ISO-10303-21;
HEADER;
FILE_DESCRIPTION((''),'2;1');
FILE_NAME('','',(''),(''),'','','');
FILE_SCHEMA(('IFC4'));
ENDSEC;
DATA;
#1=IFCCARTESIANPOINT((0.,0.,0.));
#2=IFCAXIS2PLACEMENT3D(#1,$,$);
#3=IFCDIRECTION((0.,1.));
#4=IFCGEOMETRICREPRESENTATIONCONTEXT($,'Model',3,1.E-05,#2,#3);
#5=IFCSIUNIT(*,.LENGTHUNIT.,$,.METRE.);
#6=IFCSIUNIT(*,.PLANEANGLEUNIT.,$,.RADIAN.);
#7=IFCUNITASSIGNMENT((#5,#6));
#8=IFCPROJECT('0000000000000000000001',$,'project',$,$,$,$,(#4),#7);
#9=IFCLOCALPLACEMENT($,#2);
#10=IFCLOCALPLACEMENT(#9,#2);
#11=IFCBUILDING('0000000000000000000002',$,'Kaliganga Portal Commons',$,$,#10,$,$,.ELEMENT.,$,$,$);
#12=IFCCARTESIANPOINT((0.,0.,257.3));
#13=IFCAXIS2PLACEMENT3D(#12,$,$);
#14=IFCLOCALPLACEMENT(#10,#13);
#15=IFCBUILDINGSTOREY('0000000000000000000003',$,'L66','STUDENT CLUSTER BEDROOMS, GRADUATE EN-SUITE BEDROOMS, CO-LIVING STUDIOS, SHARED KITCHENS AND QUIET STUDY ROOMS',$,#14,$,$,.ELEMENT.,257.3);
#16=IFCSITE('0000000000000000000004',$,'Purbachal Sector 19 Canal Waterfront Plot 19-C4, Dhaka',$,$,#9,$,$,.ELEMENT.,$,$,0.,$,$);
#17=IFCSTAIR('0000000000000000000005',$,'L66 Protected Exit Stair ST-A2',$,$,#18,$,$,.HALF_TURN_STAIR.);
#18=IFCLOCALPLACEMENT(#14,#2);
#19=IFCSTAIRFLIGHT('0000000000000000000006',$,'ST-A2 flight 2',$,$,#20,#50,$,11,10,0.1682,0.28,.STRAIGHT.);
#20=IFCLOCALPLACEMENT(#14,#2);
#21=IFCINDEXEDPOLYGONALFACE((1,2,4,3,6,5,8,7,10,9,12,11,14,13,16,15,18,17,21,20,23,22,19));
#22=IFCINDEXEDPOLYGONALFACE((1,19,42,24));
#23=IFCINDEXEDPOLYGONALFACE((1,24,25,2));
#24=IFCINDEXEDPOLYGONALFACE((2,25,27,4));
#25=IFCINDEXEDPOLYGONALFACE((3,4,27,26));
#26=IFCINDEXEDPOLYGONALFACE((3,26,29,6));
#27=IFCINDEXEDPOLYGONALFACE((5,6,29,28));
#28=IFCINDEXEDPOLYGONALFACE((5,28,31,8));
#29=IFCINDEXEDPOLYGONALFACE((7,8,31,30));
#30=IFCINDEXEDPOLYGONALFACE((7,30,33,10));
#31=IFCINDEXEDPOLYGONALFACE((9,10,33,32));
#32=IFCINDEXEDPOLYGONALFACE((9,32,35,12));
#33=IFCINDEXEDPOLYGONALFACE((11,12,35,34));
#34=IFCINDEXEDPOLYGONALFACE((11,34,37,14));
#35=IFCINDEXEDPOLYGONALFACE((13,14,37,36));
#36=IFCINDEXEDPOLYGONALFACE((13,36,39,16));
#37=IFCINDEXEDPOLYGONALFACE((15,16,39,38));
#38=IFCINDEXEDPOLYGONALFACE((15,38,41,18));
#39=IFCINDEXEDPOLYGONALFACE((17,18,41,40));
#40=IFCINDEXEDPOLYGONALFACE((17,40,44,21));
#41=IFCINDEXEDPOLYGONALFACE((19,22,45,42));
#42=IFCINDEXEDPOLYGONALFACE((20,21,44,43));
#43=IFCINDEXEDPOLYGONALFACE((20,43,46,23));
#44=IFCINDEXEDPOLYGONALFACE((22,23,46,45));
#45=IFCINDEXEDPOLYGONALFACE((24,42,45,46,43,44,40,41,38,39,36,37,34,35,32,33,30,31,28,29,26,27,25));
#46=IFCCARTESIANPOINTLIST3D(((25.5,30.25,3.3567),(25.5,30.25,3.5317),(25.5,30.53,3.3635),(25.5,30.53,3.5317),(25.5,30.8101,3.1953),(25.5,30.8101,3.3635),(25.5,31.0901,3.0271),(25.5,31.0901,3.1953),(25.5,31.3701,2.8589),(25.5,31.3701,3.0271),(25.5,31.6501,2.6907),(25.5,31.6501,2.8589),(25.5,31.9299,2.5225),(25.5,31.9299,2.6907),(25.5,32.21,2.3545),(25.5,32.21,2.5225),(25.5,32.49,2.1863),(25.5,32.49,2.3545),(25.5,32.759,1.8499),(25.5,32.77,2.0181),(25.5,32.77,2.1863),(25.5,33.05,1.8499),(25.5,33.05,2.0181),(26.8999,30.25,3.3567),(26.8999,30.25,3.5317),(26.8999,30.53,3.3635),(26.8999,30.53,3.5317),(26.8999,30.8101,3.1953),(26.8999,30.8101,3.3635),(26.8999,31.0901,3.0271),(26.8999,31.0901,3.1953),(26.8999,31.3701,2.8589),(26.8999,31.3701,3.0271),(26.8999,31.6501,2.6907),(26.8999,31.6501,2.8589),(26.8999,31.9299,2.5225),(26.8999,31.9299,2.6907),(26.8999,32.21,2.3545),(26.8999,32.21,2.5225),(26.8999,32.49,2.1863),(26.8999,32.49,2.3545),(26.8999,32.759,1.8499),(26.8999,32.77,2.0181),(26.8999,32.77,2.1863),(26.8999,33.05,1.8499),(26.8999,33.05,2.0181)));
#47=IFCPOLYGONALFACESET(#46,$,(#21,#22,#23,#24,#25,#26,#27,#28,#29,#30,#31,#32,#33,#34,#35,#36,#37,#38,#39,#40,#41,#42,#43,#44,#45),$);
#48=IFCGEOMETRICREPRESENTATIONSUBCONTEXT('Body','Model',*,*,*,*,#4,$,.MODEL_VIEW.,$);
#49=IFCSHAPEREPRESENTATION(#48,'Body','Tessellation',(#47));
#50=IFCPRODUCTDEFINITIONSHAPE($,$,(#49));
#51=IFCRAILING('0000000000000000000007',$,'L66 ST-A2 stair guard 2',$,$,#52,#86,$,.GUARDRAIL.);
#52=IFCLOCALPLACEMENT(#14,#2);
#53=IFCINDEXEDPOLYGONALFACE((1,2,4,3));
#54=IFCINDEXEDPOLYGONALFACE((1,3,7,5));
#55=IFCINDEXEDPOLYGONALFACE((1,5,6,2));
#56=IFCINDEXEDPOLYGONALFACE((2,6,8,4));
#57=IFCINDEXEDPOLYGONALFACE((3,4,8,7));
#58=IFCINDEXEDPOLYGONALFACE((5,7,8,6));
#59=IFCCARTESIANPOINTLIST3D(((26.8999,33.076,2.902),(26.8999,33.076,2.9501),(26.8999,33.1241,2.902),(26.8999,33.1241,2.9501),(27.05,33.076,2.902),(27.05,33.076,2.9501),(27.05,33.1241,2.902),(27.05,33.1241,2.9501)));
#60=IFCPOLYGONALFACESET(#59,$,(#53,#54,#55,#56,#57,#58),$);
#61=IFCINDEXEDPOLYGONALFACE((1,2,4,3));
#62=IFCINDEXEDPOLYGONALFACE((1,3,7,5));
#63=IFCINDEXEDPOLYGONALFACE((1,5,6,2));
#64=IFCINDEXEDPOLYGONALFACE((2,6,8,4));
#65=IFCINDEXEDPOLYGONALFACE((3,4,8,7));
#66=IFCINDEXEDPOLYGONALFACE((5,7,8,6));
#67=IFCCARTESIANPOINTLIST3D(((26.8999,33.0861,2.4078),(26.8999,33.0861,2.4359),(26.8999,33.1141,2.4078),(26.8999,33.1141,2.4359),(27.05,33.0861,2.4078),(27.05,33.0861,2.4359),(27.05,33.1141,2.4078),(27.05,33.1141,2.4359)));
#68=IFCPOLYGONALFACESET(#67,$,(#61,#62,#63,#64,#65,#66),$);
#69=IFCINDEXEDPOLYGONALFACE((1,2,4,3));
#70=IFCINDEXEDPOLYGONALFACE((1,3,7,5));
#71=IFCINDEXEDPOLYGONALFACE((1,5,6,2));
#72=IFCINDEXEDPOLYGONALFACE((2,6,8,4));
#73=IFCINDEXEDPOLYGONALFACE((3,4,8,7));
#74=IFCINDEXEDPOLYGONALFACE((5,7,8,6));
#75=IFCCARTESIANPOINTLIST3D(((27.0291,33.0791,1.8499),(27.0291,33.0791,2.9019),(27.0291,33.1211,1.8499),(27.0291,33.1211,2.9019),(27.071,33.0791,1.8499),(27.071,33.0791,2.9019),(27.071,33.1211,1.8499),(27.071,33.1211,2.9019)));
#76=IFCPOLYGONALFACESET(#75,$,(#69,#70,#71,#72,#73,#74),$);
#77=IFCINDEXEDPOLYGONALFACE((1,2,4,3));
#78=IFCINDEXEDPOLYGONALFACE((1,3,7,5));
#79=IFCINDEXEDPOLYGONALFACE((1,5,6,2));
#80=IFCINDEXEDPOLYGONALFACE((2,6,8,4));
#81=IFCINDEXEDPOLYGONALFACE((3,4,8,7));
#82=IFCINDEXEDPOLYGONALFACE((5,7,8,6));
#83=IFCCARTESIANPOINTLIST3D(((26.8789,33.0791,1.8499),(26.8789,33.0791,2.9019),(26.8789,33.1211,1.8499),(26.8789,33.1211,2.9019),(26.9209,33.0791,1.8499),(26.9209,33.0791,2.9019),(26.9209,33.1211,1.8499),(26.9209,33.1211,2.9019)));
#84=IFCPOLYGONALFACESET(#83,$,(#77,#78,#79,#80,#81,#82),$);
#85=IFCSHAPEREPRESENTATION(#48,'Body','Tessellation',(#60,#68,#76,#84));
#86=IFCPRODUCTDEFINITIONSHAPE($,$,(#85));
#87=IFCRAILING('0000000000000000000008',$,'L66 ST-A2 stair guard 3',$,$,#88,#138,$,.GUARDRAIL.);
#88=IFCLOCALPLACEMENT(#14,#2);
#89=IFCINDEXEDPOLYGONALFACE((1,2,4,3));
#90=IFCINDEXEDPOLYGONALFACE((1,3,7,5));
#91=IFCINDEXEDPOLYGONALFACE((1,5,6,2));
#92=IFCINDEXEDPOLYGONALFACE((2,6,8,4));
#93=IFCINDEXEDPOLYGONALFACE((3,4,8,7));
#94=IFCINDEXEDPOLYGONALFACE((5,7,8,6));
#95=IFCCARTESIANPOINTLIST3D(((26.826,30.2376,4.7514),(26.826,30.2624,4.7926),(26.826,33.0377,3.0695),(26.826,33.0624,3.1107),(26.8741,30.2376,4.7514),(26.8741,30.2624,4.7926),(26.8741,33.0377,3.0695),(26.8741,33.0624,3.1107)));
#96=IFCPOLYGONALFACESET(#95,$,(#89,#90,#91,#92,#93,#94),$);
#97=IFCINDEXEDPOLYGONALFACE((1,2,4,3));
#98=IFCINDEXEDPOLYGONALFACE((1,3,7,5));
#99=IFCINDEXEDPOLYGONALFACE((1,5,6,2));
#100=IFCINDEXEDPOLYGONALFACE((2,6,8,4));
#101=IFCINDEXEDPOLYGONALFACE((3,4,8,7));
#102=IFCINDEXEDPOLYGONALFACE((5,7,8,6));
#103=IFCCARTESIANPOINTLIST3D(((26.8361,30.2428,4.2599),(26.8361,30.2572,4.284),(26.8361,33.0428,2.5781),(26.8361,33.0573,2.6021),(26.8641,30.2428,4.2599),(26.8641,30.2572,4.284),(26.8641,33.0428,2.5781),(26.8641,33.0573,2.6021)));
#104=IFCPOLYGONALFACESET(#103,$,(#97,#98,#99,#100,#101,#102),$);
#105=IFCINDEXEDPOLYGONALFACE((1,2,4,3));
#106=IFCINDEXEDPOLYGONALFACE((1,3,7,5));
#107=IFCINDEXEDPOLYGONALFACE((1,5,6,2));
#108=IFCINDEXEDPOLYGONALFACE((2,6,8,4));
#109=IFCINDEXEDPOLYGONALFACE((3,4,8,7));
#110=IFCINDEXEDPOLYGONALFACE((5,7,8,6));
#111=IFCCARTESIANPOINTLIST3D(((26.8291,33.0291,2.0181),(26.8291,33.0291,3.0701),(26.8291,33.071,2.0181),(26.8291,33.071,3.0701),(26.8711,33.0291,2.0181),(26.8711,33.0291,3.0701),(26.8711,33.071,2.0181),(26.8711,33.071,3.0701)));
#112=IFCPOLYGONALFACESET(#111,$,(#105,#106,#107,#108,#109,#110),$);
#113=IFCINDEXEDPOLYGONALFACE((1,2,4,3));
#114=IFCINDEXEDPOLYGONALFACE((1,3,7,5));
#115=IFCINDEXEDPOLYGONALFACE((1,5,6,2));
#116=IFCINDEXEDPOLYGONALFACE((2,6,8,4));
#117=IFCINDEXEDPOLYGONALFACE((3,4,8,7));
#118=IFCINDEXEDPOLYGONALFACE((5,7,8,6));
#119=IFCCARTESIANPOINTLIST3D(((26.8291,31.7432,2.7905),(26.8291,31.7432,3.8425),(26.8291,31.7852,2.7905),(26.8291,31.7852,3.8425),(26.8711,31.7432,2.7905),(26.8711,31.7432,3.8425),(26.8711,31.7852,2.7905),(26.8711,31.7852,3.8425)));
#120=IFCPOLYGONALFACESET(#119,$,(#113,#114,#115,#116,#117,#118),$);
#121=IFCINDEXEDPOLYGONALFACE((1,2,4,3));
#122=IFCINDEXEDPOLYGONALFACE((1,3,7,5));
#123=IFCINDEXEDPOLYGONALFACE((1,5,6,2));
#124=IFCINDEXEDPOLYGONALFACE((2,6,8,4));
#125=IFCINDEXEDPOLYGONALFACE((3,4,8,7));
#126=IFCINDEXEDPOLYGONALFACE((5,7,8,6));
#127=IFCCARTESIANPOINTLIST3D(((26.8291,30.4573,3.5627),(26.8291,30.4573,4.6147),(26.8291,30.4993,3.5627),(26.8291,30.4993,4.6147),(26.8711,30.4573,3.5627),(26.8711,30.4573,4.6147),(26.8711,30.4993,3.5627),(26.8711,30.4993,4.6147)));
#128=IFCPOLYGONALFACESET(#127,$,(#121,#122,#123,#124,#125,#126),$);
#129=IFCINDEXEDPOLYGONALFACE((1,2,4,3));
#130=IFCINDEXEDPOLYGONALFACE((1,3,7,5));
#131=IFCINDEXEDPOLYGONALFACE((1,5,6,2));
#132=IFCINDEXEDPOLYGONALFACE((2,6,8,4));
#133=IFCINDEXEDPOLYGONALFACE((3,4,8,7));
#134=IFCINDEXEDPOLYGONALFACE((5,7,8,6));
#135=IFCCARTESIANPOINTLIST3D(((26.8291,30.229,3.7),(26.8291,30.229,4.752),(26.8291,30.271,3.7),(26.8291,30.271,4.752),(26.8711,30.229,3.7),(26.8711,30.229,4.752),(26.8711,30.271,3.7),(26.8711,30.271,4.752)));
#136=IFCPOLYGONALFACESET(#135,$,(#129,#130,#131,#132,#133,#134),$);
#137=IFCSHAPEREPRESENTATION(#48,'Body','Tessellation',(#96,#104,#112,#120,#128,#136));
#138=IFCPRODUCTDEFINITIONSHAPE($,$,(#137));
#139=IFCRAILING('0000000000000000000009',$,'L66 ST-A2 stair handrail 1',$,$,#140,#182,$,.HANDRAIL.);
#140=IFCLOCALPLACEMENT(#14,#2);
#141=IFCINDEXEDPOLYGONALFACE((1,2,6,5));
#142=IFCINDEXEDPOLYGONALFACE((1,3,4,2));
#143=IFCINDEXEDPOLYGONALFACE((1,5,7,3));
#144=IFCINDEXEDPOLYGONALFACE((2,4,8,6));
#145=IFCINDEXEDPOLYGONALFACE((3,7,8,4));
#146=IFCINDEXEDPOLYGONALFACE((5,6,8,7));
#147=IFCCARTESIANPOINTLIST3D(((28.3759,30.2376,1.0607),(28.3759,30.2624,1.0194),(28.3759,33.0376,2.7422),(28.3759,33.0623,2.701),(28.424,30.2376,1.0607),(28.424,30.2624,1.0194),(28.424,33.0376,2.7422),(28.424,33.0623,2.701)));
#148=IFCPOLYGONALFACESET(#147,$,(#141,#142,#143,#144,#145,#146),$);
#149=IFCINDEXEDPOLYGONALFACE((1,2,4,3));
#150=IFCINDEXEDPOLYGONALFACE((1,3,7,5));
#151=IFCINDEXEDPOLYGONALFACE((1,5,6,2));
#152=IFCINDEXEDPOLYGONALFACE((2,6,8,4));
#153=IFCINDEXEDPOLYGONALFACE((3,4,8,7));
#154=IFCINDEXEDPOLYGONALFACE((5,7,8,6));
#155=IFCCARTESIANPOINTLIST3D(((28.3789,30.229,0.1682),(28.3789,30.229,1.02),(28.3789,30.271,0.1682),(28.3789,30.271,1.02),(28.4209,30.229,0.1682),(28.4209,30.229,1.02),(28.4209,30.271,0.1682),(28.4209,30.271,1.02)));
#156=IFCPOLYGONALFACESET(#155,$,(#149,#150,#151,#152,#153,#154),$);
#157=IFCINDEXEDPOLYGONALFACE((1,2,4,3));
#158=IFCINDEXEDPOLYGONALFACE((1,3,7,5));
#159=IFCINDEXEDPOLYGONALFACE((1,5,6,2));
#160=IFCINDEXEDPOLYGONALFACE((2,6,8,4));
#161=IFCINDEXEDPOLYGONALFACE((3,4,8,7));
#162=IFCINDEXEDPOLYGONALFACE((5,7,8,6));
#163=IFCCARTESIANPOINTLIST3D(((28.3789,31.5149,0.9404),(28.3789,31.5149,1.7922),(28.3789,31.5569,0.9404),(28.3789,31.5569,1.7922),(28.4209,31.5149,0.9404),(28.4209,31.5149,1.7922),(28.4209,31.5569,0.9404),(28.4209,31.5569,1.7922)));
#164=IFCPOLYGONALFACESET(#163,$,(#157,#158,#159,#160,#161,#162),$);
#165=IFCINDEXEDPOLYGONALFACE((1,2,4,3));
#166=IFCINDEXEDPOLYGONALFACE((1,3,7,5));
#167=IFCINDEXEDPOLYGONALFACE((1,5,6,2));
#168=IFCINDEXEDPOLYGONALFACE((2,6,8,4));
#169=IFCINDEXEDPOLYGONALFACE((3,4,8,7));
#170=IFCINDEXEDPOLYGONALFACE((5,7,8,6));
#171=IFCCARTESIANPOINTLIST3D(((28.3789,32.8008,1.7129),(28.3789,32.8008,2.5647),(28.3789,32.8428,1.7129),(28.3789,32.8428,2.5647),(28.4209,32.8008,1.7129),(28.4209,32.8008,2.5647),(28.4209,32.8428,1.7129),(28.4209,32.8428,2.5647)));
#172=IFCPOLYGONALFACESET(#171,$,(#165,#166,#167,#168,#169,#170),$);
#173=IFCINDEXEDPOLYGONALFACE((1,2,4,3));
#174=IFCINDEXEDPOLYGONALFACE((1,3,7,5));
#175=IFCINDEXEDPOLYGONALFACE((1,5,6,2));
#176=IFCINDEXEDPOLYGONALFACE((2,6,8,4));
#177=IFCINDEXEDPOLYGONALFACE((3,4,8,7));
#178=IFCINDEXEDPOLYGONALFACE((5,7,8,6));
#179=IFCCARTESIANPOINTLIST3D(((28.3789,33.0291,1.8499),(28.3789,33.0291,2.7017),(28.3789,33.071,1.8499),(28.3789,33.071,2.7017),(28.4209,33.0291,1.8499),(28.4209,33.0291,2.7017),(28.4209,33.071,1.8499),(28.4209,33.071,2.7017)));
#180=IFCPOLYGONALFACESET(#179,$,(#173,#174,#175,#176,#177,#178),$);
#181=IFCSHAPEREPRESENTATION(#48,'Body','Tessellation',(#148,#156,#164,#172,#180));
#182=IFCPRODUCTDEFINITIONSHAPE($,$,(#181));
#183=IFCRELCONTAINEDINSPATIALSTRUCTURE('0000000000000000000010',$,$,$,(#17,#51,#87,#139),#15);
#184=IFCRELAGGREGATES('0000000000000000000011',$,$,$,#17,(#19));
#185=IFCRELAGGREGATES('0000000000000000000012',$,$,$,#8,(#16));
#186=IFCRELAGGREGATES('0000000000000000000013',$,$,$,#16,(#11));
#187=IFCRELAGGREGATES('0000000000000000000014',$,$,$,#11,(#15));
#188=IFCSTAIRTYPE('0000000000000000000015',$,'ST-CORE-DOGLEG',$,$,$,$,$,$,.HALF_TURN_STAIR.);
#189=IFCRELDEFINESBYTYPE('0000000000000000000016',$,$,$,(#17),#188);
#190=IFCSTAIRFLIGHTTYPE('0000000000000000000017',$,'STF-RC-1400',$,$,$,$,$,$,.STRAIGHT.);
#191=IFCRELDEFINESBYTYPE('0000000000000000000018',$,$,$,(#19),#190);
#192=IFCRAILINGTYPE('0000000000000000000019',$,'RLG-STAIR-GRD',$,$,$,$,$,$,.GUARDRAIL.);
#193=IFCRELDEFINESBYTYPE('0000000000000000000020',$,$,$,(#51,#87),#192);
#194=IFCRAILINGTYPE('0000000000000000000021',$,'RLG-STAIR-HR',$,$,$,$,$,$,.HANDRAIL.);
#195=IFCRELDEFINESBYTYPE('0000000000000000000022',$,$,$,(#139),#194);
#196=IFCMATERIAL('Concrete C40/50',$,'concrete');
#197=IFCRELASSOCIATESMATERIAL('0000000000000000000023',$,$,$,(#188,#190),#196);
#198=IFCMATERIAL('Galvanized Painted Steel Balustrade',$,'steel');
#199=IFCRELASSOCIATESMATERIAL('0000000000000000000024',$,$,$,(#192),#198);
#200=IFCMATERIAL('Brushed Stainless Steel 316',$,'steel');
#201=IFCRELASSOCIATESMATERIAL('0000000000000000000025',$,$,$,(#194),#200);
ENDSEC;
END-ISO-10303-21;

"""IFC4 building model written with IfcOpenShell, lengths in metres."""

from ifc_helpers import new_model, si_unit, direction, frame, origin, origin_2d, place, context, subcontext, project, spatial, polyline, rectangle, outline, extrude, material, type_object, element, aggregate, save


model = new_model("IFC4")

# Units and contexts
model_context = context("Model", 3, precision=1e-05, world=origin(), true_north=direction((0.0, 1.0)))
body_context = subcontext(model_context, "Body", "Model", "MODEL_VIEW")
ifc_project = project(units=[si_unit("LENGTHUNIT", "METRE"), si_unit("PLANEANGLEUNIT", "RADIAN")], contexts=[model_context])

# Site, building, storey
site_placement = place(None, origin())
site = spatial("IfcSite", under=ifc_project, at=site_placement, Name="Purbachal Sector 19 Canal Waterfront Plot 19-C4, Dhaka", CompositionType="ELEMENT", RefElevation=0.0)
building_placement = place(site_placement, origin())
building = spatial("IfcBuilding", under=site, at=building_placement, Name="Kaliganga Portal Commons", CompositionType="ELEMENT")
storey_placement = place(building_placement, frame((0.0, 0.0, 257.3)))
storey = spatial("IfcBuildingStorey", under=building, at=storey_placement, Name="L66", Description="STUDENT CLUSTER BEDROOMS, GRADUATE EN-SUITE BEDROOMS, CO-LIVING STUDIOS, SHARED KITCHENS AND QUIET STUDY ROOMS", CompositionType="ELEMENT", Elevation=257.3)

# Stair, stair flight
ifc_material_1 = material(Name="Concrete C40/50", Category="concrete")
stair_type = type_object("IfcStairType", Name="ST-CORE-DOGLEG", PredefinedType="HALF_TURN_STAIR", material=ifc_material_1)
stair_placement = place(storey_placement, origin())
stair = element("IfcStair", 1, at=stair_placement, inside=storey, type_object=stair_type, Name="L66 Protected Exit Stair ST-A2", PredefinedType="HALF_TURN_STAIR")
stair_flight_type = type_object("IfcStairFlightType", Name="STF-RC-1400", PredefinedType="STRAIGHT", material=ifc_material_1)
stair_flight_1_placement = place(storey_placement, frame((26.2, 33.05, 1.8499), z_axis=(0.0, 0.0, 1.0), x_axis=(0.0, -1.0, 0.0)))
stair_flight_1 = element("IfcStairFlight", 2, at=stair_flight_1_placement, type_object=stair_flight_type, Name="ST-A2 flight 2", NumberOfRisers=11, NumberOfTreads=10, PredefinedType="STRAIGHT", RiserHeight=0.1682, TreadLength=0.28, context=body_context, shape_type="SweptSolid", body=[
    extrude(outline(polyline([(0.0, 0.0), (0.0, 0.1682), (0.28, 0.1682), (0.28, 0.3364), (0.5601, 0.3364), (0.5601, 0.5046), (0.8401, 0.5046), (0.8401, 0.6726), (1.1201, 0.6726), (1.1201, 0.8408), (1.3999, 0.8408), (1.3999, 1.009), (1.6799, 1.009), (1.6799, 1.1772), (1.96, 1.1772), (1.96, 1.3455), (2.24, 1.3455), (2.24, 1.5137), (2.52, 1.5137), (2.52, 1.6819), (2.8, 1.6819), (2.8, 1.8501), (2.8, 1.5068), (0.291, 0.0), (0.0, 0.0)])), frame((0.0, 0.7, 0.0), z_axis=(0.0, -1.0, 0.0), x_axis=(1.0, 0.0, 0.0)), (0.0, 0.0, 1.0), 1.3999),
])
aggregate(stair, [stair_flight_1])

# Railings
ifc_material_2 = material(Name="Galvanized Painted Steel Balustrade", Category="steel")
railing_type_1 = type_object("IfcRailingType", Name="RLG-STAIR-GRD", PredefinedType="GUARDRAIL", material=ifc_material_2)
railing_1_placement = place(storey_placement, frame((27.05, 33.1001, 1.8499)))
element("IfcRailing", 3, at=railing_1_placement, inside=storey, type_object=railing_type_1, Name="L66 ST-A2 stair guard 2", PredefinedType="GUARDRAIL", context=body_context, shape_type="SweptSolid", body=[
    extrude(rectangle(XDim=0.0481, YDim=0.0481, at=origin_2d()), frame((0.0, 0.0, 1.0762), z_axis=(-1.0, 0.0, 0.0), x_axis=(0.0, -1.0, 0.0)), (0.0, 0.0, 1.0), 0.1501),
    extrude(rectangle(XDim=0.0281, YDim=0.0281, at=origin_2d()), frame((0.0, 0.0, 0.572), z_axis=(-1.0, 0.0, 0.0), x_axis=(0.0, -1.0, 0.0)), (0.0, 0.0, 1.0), 0.1501),
    extrude(rectangle(XDim=0.042, YDim=0.042, at=origin_2d()), origin(), (0.0, 0.0, 1.0), 1.052),
    extrude(rectangle(XDim=0.042, YDim=0.042, at=origin_2d()), frame((-0.1501, 0.0, 0.0)), (0.0, 0.0, 1.0), 1.052),
])
railing_2_placement = place(storey_placement, frame((26.8501, 33.05, 2.0181)))
element("IfcRailing", 4, at=railing_2_placement, inside=storey, type_object=railing_type_1, Name="L66 ST-A2 stair guard 3", PredefinedType="GUARDRAIL", context=body_context, shape_type="SweptSolid", body=[
    extrude(rectangle(XDim=0.0481, YDim=0.0481, at=origin_2d()), frame((0.0, 0.0, 1.072), z_axis=(0.0, -0.857242, 0.514913), x_axis=(1.0, 0.0, 0.0)), (0.0, 0.0, 1.0), 3.2664),
    extrude(rectangle(XDim=0.0281, YDim=0.0281, at=origin_2d()), frame((0.0, 0.0, 0.572), z_axis=(0.0, -0.857242, 0.514913), x_axis=(1.0, 0.0, 0.0)), (0.0, 0.0, 1.0), 3.2664),
    extrude(rectangle(XDim=0.042, YDim=0.042, at=origin_2d()), origin(), (0.0, 0.0, 1.0), 1.052),
    extrude(rectangle(XDim=0.042, YDim=0.042, at=origin_2d()), frame((0.0, -1.2859, 0.7725)), (0.0, 0.0, 1.0), 1.052),
    extrude(rectangle(XDim=0.042, YDim=0.042, at=origin_2d()), frame((0.0, -2.5718, 1.5447)), (0.0, 0.0, 1.0), 1.052),
    extrude(rectangle(XDim=0.042, YDim=0.042, at=origin_2d()), frame((0.0, -2.8, 1.6819)), (0.0, 0.0, 1.0), 1.052),
])
ifc_material_3 = material(Name="Brushed Stainless Steel 316", Category="steel")
railing_type_2 = type_object("IfcRailingType", Name="RLG-STAIR-HR", PredefinedType="HANDRAIL", material=ifc_material_3)
railing_3_placement = place(storey_placement, frame((28.3999, 30.25, 0.1682)))
element("IfcRailing", 5, at=railing_3_placement, inside=storey, type_object=railing_type_2, Name="L66 ST-A2 stair handrail 1", PredefinedType="HANDRAIL", context=body_context, shape_type="SweptSolid", body=[
    extrude(rectangle(XDim=0.0481, YDim=0.0481, at=origin_2d()), frame((0.0, 0.0, 0.8718), z_axis=(0.0, 0.857275, 0.514858), x_axis=(-1.0, 0.0, 0.0)), (0.0, 0.0, 1.0), 3.2661),
    extrude(rectangle(XDim=0.042, YDim=0.042, at=origin_2d()), origin(), (0.0, 0.0, 1.0), 0.8518),
    extrude(rectangle(XDim=0.042, YDim=0.042, at=origin_2d()), frame((0.0, 1.2859, 0.7722)), (0.0, 0.0, 1.0), 0.8518),
    extrude(rectangle(XDim=0.042, YDim=0.042, at=origin_2d()), frame((0.0, 2.5718, 1.5447)), (0.0, 0.0, 1.0), 0.8518),
    extrude(rectangle(XDim=0.042, YDim=0.042, at=origin_2d()), frame((0.0, 2.8, 1.6816)), (0.0, 0.0, 1.0), 0.8518),
])

save(model, "model.ifc")
